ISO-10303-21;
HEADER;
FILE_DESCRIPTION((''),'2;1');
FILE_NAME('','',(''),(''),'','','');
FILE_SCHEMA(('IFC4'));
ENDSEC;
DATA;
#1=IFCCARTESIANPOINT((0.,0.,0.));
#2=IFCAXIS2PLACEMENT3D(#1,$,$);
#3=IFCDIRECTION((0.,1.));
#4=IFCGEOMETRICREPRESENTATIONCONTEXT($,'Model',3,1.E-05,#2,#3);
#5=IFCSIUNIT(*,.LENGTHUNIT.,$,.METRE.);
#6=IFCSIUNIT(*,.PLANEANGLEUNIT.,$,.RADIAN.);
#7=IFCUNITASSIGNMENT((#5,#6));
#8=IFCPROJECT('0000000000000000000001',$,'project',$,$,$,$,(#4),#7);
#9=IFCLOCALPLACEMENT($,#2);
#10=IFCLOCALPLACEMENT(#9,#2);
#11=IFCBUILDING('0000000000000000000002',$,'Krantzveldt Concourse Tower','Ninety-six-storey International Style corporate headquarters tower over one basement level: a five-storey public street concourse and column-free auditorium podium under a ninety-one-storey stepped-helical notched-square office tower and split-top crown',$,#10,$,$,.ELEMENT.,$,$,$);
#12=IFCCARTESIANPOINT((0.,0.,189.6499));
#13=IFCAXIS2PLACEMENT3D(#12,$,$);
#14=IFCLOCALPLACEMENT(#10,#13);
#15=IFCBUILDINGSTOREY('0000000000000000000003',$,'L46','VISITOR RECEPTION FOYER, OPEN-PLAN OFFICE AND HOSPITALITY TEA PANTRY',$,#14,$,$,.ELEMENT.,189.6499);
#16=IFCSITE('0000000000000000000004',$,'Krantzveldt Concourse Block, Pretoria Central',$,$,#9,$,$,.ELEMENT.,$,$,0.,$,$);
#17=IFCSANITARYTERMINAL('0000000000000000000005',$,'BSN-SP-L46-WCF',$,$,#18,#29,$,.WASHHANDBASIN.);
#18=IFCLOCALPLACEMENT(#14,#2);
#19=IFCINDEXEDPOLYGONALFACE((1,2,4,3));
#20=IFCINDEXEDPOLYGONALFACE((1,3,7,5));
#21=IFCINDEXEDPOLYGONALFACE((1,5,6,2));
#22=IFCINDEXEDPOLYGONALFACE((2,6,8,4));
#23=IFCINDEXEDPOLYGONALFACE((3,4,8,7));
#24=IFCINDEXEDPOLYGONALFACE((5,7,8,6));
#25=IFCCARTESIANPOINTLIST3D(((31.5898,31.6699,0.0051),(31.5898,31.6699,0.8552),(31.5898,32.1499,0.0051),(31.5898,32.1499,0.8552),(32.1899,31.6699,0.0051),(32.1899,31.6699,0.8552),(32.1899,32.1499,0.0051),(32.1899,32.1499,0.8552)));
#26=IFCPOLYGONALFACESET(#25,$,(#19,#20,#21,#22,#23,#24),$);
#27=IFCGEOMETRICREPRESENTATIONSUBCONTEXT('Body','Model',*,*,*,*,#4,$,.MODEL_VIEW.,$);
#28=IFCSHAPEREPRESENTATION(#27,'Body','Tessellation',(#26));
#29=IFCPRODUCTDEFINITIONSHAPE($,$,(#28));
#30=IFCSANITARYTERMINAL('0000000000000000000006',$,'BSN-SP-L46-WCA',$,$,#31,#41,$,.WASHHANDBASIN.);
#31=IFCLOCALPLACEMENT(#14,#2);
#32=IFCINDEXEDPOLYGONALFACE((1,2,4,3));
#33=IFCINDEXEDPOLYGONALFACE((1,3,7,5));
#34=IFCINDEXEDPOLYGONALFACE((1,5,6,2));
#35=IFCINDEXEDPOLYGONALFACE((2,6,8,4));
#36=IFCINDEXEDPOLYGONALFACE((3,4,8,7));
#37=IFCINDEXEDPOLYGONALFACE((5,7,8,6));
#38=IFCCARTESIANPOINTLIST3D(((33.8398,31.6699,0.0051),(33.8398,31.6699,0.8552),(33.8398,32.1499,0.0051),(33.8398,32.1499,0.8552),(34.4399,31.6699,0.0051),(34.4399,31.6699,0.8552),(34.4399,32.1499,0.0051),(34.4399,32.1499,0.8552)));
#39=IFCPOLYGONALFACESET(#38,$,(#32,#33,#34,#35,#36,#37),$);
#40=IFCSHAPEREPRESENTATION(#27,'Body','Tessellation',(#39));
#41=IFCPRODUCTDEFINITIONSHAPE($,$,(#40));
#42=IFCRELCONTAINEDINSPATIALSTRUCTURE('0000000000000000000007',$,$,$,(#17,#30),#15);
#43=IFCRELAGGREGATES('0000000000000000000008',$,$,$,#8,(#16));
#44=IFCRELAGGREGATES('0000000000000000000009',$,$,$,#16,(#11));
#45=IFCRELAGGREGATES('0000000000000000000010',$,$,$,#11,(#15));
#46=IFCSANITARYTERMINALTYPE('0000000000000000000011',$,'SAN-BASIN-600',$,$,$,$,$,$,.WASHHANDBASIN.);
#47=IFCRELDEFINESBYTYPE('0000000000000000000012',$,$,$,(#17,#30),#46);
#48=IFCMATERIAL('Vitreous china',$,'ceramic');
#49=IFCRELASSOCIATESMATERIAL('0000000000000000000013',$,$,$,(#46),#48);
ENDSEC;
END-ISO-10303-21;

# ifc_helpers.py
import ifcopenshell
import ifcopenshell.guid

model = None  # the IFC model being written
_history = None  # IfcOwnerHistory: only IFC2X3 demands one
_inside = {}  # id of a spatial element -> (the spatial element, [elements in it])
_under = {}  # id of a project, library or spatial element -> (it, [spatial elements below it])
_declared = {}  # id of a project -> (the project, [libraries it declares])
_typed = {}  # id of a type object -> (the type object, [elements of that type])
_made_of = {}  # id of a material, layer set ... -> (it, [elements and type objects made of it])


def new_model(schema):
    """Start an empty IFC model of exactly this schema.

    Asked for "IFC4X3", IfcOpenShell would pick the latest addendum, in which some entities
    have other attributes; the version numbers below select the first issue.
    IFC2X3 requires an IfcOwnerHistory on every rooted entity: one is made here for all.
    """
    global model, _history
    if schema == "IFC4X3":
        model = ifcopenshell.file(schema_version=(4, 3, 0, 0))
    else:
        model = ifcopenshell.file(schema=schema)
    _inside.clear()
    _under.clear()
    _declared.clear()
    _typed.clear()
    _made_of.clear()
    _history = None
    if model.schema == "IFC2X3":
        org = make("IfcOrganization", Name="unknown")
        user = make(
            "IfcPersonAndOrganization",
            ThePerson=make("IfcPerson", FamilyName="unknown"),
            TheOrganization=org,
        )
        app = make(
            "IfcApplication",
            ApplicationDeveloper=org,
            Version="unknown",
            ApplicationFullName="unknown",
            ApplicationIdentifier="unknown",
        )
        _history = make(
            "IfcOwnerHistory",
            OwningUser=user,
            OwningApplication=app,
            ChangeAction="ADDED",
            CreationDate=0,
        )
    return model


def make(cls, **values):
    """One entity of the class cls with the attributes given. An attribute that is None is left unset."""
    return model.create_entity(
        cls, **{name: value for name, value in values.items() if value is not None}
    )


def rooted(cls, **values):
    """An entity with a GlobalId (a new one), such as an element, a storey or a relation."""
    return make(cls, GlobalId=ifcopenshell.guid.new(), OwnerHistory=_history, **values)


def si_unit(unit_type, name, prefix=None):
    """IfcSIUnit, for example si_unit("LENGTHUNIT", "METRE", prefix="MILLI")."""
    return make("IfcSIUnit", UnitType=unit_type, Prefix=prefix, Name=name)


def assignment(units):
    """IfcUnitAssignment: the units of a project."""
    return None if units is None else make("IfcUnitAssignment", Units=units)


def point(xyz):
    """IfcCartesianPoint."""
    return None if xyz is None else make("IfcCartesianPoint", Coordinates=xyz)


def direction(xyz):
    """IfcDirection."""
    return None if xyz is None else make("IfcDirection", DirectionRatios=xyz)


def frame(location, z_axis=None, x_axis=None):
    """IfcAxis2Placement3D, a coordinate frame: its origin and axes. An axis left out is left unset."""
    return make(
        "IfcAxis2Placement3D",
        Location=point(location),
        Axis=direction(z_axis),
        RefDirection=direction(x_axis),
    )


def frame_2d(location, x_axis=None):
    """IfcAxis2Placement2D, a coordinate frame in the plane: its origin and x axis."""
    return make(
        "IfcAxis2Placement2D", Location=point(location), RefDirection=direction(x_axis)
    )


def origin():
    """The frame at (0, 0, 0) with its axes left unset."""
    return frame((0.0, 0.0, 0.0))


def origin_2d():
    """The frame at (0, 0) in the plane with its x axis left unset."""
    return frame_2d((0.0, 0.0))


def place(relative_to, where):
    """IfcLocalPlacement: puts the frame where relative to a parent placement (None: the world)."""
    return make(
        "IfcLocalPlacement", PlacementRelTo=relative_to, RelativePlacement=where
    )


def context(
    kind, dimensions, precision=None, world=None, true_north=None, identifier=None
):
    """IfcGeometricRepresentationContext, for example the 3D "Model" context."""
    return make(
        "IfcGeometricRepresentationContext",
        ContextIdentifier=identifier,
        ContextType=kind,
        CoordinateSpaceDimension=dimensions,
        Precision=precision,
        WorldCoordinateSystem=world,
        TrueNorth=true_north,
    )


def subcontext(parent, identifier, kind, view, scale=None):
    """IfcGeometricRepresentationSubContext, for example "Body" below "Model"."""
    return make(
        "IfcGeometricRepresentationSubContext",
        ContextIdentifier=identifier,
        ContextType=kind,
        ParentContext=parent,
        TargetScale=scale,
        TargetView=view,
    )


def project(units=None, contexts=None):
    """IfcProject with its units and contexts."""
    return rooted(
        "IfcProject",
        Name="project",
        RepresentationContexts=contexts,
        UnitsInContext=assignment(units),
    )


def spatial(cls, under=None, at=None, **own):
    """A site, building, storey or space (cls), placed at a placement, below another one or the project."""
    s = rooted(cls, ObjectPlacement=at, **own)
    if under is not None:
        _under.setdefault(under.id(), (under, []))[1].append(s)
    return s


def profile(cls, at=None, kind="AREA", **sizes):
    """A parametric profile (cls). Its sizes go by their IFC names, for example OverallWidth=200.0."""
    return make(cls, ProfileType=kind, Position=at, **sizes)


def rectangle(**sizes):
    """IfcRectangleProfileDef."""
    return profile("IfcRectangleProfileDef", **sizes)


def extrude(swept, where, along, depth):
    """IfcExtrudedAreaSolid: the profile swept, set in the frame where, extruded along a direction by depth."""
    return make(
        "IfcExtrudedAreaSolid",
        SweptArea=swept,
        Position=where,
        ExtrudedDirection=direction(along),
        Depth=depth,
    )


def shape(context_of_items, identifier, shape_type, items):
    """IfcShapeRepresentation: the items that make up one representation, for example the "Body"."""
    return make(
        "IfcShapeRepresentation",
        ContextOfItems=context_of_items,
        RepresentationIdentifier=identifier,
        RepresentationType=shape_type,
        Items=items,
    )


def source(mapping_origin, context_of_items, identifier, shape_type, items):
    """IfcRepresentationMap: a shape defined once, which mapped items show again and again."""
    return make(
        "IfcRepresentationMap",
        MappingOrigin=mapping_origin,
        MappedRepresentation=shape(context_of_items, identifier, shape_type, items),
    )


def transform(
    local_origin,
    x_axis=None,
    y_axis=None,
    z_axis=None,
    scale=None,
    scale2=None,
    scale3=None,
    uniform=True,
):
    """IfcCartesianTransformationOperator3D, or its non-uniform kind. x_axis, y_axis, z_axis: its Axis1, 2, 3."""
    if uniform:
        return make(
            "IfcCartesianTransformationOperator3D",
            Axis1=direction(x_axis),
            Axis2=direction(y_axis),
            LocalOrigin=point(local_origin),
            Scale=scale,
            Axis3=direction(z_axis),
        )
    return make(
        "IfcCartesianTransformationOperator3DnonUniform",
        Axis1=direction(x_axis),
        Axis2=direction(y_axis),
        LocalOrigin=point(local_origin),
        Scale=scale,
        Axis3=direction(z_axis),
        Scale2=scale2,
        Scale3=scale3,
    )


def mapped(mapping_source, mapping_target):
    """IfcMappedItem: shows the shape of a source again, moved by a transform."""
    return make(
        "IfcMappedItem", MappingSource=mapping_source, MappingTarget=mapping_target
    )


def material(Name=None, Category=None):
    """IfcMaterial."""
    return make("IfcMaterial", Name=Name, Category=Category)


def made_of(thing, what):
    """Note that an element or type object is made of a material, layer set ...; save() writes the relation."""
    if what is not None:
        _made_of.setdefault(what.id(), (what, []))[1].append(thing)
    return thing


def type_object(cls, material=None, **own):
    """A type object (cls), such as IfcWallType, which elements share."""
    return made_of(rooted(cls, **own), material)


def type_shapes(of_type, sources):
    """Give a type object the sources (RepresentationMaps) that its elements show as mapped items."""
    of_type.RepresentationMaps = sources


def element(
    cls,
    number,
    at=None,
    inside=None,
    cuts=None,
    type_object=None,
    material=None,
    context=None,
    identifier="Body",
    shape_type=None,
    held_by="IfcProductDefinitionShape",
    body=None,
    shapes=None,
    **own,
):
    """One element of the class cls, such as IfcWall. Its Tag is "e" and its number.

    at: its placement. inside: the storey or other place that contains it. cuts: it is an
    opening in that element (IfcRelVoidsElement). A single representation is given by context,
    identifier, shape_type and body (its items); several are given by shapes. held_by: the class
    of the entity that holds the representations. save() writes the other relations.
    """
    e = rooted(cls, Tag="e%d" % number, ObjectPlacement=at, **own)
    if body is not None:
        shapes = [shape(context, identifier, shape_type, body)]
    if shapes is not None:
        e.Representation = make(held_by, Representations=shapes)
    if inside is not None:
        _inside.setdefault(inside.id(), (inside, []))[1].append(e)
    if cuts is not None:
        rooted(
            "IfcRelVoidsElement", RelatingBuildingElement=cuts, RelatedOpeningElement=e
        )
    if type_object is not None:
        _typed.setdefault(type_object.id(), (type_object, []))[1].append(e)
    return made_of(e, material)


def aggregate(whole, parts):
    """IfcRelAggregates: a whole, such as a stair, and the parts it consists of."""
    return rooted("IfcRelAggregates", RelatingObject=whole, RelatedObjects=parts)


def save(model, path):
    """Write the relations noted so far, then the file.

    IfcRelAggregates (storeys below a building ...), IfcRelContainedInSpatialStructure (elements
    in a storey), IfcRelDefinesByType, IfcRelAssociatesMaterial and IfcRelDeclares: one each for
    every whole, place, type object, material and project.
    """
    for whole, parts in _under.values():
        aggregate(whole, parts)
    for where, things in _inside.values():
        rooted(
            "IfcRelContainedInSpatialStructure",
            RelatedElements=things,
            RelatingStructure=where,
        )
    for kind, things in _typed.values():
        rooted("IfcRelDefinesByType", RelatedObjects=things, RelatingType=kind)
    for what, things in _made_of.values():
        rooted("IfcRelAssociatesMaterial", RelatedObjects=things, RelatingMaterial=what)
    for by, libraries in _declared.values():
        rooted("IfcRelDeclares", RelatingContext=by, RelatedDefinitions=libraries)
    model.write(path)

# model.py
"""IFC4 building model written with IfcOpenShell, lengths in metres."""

from ifc_helpers import new_model, si_unit, direction, frame, origin, origin_2d, place, context, subcontext, project, spatial, rectangle, extrude, source, transform, mapped, material, type_object, type_shapes, element, save


model = new_model("IFC4")

# Units and contexts
model_context = context("Model", 3, precision=1e-05, world=origin(), true_north=direction((0.0, 1.0)))
body_context = subcontext(model_context, "Body", "Model", "MODEL_VIEW")
ifc_project = project(units=[si_unit("LENGTHUNIT", "METRE"), si_unit("PLANEANGLEUNIT", "RADIAN")], contexts=[model_context])

# Site, building, storey
site_placement = place(None, origin())
site = spatial("IfcSite", under=ifc_project, at=site_placement, Name="Krantzveldt Concourse Block, Pretoria Central", CompositionType="ELEMENT", RefElevation=0.0)
building_placement = place(site_placement, origin())
building = spatial("IfcBuilding", under=site, at=building_placement, Name="Krantzveldt Concourse Tower", Description="Ninety-six-storey International Style corporate headquarters tower over one basement level: a five-storey public street concourse and column-free auditorium podium under a ninety-one-storey stepped-helical notched-square office tower and split-top crown", CompositionType="ELEMENT")
storey_placement = place(building_placement, frame((0.0, 0.0, 189.6499)))
storey = spatial("IfcBuildingStorey", under=building, at=storey_placement, Name="L46", Description="VISITOR RECEPTION FOYER, OPEN-PLAN OFFICE AND HOSPITALITY TEA PANTRY", CompositionType="ELEMENT", Elevation=189.6499)

# Sanitary terminals
ifc_material_1 = material(Name="Vitreous china", Category="ceramic")
sanitary_terminal_type_1 = type_object("IfcSanitaryTerminalType", Name="SAN-BASIN-600", PredefinedType="WASHHANDBASIN", material=ifc_material_1)
shared_shape_1 = source(origin(), body_context, "Body", "SweptSolid", [
    extrude(rectangle(XDim=0.6001, YDim=0.48, at=origin_2d()), origin(), (0.0, 0.0, 1.0), 0.8501),
])
type_shapes(sanitary_terminal_type_1, [shared_shape_1])
for number, where, z_axis, x_axis, name in (
    (1, (31.8899, 31.9099, 0.0051), (0.0, 0.0, 1.0), (1.0, 0.0, 0.0), "BSN-SP-L46-WCF"),
    (2, (34.1399, 31.9099, 0.0051), (0.0, 0.0, 1.0), (1.0, 0.0, 0.0), "BSN-SP-L46-WCA"),
):
    element("IfcSanitaryTerminal", number, at=place(storey_placement, frame(where, z_axis=z_axis, x_axis=x_axis)), inside=storey, type_object=sanitary_terminal_type_1, Name=name, PredefinedType="WASHHANDBASIN", context=body_context, shape_type="MappedRepresentation", body=[
        mapped(shared_shape_1, transform((0.0, 0.0, 0.0), x_axis=(1.0, 0.0, 0.0), y_axis=(0.0, 1.0, 0.0), z_axis=(0.0, 0.0, 1.0), scale=1.0)),
    ])

save(model, "model.ifc")
